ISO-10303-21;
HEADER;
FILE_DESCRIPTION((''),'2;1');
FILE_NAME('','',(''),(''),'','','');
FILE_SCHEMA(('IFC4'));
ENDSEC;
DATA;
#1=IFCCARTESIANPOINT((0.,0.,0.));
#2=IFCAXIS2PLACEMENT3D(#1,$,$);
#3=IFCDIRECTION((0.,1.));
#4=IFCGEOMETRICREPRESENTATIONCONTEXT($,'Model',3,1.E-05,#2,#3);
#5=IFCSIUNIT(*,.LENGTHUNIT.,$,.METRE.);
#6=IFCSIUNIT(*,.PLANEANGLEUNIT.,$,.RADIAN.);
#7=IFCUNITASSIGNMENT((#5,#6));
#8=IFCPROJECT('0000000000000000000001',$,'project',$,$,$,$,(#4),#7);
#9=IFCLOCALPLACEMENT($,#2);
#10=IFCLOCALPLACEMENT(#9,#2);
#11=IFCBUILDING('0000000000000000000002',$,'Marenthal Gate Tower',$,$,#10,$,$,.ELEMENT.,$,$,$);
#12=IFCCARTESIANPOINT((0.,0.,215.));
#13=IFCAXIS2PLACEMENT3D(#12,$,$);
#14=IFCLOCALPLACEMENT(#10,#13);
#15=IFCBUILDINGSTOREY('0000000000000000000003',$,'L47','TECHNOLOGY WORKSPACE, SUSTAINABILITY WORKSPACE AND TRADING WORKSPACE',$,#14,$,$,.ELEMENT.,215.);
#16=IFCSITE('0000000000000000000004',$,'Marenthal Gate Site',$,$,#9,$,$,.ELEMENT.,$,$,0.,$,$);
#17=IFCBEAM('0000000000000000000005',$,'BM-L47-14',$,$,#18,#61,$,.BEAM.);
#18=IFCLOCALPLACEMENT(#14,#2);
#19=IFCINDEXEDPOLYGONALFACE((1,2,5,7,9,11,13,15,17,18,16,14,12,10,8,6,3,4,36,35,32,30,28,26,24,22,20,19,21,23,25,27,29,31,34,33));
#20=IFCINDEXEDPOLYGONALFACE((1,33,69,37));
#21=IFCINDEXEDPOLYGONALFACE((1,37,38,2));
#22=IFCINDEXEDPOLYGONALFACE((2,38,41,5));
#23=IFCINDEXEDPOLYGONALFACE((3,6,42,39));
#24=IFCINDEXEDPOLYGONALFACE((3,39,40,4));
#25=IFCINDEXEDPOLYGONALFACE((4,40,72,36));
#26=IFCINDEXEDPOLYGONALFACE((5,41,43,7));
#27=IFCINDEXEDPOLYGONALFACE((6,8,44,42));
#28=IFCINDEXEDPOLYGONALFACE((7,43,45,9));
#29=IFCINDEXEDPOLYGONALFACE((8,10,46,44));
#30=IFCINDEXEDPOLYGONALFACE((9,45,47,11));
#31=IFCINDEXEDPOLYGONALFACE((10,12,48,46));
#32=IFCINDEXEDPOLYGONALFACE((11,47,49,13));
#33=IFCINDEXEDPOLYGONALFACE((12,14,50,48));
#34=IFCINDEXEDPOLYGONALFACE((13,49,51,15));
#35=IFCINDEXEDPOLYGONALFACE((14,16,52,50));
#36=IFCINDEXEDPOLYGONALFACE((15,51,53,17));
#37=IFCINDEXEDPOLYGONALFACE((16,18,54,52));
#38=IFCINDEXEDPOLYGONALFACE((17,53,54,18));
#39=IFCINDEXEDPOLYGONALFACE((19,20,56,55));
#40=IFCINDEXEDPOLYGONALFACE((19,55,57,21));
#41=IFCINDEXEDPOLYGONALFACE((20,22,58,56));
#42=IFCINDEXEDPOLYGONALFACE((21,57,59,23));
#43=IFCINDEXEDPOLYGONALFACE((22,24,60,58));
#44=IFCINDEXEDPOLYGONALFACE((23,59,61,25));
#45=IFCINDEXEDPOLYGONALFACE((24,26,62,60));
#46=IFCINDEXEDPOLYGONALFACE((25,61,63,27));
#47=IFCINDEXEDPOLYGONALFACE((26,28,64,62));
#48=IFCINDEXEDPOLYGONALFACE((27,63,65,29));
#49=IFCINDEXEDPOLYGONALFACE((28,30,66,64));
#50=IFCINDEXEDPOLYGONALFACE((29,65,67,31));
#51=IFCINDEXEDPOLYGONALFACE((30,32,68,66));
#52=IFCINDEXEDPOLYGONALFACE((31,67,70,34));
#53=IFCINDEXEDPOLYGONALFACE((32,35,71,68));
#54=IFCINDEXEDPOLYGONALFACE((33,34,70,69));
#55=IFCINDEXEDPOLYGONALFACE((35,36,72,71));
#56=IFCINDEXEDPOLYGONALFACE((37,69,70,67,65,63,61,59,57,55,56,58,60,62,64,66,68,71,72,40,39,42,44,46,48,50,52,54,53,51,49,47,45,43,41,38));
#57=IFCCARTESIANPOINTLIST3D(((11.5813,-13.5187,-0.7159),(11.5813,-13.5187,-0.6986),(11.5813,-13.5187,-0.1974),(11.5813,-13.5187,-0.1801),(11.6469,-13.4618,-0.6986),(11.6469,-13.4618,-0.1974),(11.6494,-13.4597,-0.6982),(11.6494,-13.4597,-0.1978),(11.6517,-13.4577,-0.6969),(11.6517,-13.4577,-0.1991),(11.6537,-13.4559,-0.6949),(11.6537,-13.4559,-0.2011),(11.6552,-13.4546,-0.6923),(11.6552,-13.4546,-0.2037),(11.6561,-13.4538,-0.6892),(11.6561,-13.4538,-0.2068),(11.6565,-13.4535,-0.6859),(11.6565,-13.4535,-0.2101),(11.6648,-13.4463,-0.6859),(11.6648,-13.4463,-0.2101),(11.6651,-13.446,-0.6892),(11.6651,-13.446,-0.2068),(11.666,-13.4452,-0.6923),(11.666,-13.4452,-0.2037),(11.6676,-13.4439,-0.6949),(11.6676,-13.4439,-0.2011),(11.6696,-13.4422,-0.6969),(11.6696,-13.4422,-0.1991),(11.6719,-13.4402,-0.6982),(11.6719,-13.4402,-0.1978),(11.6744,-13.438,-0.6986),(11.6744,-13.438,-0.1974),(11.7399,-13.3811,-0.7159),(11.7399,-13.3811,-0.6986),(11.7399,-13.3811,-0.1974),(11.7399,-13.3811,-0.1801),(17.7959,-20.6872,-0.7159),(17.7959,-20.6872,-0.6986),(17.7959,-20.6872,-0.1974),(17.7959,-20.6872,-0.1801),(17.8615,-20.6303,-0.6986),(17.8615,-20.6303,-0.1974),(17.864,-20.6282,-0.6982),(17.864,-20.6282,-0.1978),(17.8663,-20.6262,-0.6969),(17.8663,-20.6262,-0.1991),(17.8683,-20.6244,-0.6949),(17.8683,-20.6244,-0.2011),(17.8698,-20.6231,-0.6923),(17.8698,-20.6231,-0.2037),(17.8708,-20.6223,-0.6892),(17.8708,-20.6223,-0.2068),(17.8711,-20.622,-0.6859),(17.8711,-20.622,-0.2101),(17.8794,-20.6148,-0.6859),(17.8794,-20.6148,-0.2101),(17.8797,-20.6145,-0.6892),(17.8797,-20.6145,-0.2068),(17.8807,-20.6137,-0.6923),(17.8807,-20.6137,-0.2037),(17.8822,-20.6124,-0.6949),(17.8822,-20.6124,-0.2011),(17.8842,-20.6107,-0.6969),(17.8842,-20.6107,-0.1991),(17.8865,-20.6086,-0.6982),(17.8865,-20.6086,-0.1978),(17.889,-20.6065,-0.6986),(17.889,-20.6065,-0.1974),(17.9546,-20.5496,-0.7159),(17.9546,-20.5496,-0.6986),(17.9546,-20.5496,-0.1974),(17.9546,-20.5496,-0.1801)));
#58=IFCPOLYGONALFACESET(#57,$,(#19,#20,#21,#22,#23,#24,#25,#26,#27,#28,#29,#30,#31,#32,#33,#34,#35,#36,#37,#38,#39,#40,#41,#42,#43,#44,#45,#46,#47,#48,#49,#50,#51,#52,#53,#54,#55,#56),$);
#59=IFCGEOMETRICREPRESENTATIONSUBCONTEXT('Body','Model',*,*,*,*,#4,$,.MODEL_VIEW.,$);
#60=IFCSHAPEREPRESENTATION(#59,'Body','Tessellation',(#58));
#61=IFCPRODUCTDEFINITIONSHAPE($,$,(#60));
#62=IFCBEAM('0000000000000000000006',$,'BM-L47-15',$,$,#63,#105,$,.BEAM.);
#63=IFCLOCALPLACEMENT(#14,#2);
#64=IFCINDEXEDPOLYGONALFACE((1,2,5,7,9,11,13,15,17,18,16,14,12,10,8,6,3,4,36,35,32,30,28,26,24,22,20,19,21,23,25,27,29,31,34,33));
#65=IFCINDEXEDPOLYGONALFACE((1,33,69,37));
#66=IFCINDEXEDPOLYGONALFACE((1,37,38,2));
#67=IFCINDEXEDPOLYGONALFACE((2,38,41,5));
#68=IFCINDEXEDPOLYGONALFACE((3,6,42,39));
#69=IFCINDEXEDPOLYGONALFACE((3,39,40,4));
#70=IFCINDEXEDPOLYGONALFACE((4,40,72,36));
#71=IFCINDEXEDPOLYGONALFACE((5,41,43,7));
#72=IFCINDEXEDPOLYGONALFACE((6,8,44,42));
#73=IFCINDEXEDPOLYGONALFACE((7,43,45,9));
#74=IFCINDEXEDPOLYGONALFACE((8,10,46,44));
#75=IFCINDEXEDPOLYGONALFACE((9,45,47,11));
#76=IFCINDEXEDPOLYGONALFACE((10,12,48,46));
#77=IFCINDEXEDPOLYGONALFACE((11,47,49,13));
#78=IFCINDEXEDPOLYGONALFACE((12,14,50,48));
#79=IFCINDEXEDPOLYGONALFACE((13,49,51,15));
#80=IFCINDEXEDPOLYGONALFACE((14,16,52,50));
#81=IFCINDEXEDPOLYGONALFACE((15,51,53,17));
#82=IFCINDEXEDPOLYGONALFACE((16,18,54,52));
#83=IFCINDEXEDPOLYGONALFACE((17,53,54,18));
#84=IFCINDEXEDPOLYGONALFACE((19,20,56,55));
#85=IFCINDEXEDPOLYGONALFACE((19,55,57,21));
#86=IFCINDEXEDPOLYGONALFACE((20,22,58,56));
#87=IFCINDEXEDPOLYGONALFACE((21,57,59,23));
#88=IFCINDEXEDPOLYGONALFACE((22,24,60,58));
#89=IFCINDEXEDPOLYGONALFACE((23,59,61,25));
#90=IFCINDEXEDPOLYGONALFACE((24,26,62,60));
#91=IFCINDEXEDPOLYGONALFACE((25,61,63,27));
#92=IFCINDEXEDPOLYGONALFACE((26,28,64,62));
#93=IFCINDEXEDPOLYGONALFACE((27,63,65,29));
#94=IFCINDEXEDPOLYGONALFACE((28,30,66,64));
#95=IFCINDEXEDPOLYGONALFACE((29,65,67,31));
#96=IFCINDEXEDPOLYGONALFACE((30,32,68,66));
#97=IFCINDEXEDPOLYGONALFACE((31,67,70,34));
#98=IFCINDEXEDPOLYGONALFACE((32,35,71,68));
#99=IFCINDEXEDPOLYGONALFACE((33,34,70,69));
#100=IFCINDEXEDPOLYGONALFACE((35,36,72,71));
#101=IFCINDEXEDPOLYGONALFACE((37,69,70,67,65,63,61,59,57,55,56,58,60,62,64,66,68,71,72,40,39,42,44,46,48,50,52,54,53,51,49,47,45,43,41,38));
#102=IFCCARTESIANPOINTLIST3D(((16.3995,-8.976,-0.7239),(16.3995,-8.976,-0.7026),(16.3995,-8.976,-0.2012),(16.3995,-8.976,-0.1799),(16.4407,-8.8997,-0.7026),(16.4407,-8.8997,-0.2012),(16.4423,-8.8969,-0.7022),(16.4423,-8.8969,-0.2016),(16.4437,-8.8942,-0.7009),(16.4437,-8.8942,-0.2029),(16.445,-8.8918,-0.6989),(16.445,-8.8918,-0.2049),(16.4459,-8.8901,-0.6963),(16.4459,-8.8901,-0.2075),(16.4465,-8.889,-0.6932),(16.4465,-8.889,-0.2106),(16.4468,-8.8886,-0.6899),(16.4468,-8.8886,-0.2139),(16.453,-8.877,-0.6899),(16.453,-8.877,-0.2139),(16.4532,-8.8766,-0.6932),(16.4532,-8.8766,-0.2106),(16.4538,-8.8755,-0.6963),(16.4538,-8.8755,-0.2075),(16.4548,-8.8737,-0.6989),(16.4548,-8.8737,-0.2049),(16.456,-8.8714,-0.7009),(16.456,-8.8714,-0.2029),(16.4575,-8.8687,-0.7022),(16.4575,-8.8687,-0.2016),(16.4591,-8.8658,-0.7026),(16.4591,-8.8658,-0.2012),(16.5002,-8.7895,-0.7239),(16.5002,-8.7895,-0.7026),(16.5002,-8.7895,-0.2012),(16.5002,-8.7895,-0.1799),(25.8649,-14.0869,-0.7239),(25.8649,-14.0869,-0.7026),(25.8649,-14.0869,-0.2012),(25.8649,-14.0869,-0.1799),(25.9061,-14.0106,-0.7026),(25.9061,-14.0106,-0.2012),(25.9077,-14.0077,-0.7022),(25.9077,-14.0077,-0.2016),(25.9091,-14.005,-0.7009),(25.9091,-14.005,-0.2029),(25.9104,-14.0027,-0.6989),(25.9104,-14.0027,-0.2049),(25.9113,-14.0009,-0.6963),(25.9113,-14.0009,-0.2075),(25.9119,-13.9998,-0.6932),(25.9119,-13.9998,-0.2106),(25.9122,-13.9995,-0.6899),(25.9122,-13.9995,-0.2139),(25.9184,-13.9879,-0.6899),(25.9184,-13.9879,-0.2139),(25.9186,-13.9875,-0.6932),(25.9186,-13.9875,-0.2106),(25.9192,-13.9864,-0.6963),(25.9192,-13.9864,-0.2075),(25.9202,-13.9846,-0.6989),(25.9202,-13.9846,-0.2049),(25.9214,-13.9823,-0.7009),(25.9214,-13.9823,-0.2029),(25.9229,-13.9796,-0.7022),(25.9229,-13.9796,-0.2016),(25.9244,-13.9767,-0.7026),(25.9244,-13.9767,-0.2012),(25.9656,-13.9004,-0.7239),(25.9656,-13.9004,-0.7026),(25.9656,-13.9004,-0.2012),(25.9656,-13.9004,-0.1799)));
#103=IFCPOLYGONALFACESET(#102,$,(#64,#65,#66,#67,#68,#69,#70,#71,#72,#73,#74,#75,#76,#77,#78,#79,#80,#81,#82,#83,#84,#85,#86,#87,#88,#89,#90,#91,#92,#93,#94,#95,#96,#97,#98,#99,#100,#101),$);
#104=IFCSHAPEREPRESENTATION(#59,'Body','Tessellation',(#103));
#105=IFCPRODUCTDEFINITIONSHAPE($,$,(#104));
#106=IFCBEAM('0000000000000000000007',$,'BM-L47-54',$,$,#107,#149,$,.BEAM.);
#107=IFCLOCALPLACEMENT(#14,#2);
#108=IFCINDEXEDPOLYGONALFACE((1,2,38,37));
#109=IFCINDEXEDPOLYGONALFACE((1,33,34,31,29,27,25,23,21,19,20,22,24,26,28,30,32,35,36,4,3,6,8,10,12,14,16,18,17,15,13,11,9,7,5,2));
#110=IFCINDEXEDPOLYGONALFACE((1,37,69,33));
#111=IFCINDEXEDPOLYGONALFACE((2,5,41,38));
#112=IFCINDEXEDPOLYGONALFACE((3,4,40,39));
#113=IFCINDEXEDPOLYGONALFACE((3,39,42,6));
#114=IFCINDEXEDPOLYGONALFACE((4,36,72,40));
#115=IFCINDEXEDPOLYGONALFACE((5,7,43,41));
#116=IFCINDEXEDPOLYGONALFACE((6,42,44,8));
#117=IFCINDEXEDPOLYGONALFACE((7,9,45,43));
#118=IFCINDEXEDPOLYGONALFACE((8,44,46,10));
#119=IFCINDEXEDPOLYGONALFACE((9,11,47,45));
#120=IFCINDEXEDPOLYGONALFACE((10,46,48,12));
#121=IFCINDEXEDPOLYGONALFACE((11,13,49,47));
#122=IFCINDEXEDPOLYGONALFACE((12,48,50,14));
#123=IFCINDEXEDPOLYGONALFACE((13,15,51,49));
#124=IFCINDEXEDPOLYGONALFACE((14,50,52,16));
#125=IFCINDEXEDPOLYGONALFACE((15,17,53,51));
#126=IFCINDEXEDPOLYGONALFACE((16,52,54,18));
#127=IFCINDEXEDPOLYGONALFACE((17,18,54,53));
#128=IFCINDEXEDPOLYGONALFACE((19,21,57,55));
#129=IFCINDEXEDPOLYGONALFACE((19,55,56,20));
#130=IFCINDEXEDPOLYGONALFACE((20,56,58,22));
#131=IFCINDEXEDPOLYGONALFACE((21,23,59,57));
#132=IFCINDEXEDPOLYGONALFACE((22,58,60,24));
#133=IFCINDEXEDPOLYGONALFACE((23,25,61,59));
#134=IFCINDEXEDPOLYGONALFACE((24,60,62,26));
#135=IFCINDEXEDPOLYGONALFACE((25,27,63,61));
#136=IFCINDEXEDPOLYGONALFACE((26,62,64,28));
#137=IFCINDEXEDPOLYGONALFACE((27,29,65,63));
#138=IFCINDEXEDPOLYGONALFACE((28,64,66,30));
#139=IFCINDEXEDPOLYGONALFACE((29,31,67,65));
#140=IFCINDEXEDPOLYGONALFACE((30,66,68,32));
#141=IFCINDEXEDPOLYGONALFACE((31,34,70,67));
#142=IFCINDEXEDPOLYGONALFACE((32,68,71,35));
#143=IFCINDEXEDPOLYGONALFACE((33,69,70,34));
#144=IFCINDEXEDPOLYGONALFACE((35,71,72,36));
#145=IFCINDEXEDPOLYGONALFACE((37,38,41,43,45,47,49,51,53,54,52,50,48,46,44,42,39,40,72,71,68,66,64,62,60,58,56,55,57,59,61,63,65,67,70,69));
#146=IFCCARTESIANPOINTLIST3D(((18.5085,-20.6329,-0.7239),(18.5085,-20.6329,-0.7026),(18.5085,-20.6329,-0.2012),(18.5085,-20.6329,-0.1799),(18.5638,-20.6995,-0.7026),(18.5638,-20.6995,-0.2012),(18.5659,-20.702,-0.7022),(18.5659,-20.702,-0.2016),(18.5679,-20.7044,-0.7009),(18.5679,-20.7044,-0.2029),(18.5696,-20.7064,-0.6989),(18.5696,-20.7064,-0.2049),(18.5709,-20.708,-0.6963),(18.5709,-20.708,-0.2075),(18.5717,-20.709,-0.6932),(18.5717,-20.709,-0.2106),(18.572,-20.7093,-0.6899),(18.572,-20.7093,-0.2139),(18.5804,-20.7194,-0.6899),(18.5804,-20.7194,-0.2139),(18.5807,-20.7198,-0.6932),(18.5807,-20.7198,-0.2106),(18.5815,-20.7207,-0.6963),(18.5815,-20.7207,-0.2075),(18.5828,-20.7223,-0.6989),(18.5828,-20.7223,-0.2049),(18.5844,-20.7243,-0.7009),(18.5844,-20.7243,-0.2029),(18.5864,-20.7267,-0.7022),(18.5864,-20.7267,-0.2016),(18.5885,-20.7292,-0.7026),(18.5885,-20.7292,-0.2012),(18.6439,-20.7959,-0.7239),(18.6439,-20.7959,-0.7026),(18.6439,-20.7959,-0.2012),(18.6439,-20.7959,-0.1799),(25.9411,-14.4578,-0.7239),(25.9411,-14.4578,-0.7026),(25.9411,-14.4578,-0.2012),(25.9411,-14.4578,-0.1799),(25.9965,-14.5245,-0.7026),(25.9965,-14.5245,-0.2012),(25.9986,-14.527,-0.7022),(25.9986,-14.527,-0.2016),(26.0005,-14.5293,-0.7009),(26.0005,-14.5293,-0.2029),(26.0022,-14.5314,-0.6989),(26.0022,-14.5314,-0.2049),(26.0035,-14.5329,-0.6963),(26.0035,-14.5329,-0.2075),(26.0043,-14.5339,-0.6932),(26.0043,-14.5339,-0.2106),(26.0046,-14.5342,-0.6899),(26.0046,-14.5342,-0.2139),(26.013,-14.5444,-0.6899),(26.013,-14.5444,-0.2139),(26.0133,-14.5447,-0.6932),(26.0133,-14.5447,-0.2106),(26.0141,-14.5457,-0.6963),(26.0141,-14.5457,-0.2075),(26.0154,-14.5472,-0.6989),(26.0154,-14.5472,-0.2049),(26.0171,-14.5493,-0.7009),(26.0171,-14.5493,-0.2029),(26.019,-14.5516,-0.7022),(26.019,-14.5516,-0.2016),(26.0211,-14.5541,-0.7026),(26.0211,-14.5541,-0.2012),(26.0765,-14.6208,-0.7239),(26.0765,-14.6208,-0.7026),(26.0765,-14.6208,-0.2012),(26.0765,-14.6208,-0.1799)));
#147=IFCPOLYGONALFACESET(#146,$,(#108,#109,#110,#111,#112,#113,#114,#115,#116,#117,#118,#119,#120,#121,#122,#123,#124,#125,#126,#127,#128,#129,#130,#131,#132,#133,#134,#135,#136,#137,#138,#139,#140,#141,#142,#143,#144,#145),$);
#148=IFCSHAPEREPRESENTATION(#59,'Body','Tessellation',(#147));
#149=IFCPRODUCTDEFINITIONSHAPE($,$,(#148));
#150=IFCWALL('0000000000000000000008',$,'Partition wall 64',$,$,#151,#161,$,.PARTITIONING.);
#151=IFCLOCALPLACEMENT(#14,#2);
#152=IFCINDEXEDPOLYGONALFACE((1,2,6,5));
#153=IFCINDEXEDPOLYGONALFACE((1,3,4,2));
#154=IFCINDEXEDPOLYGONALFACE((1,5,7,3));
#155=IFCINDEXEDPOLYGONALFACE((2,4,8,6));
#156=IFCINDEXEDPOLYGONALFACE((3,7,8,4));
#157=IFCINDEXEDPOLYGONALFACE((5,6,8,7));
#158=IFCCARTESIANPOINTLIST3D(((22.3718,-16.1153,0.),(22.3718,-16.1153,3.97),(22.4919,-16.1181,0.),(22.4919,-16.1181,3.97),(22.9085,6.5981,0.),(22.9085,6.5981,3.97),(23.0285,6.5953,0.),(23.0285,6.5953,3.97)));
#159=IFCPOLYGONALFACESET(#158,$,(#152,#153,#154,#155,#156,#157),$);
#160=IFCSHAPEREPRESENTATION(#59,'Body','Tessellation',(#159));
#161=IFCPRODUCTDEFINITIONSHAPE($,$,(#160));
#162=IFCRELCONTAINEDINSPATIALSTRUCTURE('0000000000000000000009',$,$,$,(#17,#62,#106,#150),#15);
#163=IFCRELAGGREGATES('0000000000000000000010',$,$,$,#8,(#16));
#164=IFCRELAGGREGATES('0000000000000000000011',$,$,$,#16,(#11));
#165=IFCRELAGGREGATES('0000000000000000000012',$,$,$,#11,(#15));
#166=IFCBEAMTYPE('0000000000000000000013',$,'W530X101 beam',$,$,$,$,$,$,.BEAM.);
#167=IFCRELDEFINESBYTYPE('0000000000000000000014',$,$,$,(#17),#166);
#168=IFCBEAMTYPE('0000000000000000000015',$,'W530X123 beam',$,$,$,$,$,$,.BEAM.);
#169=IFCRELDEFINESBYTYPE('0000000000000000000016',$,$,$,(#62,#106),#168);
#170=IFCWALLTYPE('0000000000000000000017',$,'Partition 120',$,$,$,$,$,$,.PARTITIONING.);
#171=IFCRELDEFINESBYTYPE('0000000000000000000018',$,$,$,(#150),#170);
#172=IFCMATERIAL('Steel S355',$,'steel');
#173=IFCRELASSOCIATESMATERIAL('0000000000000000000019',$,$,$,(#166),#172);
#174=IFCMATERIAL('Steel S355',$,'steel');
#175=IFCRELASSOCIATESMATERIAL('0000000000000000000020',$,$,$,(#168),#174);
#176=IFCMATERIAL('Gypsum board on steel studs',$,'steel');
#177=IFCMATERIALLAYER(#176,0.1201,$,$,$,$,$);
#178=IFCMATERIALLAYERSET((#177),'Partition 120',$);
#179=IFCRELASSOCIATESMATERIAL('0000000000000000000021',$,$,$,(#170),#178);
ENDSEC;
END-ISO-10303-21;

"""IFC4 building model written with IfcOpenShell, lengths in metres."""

from ifc_helpers import new_model, si_unit, direction, frame, frame_2d, origin, origin_2d, place, context, subcontext, project, spatial, rectangle, i_section, extrude, material, layer, layer_set, material_profile, profile_set, type_object, element, save


model = new_model("IFC4")

# Units and contexts
model_context = context("Model", 3, precision=1e-05, world=origin(), true_north=direction((0.0, 1.0)))
body_context = subcontext(model_context, "Body", "Model", "MODEL_VIEW")
ifc_project = project(units=[si_unit("LENGTHUNIT", "METRE"), si_unit("PLANEANGLEUNIT", "RADIAN")], contexts=[model_context])

# Site, building, storey
site_placement = place(None, origin())
site = spatial("IfcSite", under=ifc_project, at=site_placement, Name="Marenthal Gate Site", CompositionType="ELEMENT", RefElevation=0.0)
building_placement = place(site_placement, origin())
building = spatial("IfcBuilding", under=site, at=building_placement, Name="Marenthal Gate Tower", CompositionType="ELEMENT")
storey_placement = place(building_placement, frame((0.0, 0.0, 215.0)))
storey = spatial("IfcBuildingStorey", under=building, at=storey_placement, Name="L47", Description="TECHNOLOGY WORKSPACE, SUSTAINABILITY WORKSPACE AND TRADING WORKSPACE", CompositionType="ELEMENT", Elevation=215.0)

# Beams
ifc_material_1 = material(Name="Steel S355", Category="steel")
ifc_material_profile_1 = material_profile(ifc_material_1, i_section(OverallWidth=0.21, OverallDepth=0.5359, WebThickness=0.011, FlangeThickness=0.0173, FilletRadius=0.0127, at=origin_2d()), Name="W530X101")
ifc_profile_set_1 = profile_set([ifc_material_profile_1], Name="Steel S355")
beam_type_1 = type_object("IfcBeamType", Name="W530X101 beam", PredefinedType="BEAM", material=ifc_profile_set_1)
beam_1_placement = place(storey_placement, frame((17.8752, -20.6184, -0.448), z_axis=(-0.655047, 0.755588, 0.0), x_axis=(-0.755588, -0.655047, 0.0)))
element("IfcBeam", 1, at=beam_1_placement, inside=storey, type_object=beam_type_1, Name="BM-L47-14", PredefinedType="BEAM", context=body_context, shape_type="SweptSolid", body=[
    extrude(i_section(OverallWidth=0.21, OverallDepth=0.5359, WebThickness=0.011, FlangeThickness=0.0173, FilletRadius=0.0127, at=origin_2d()), origin(), (0.0, 0.0, 1.0), 9.4873),
])
ifc_material_2 = material(Name="Steel S355", Category="steel")
ifc_material_profile_2 = material_profile(ifc_material_2, i_section(OverallWidth=0.2119, OverallDepth=0.5439, WebThickness=0.0132, FlangeThickness=0.0212, FilletRadius=0.0127, at=origin_2d()), Name="W530X123")
ifc_profile_set_2 = profile_set([ifc_material_profile_2], Name="Steel S355")
beam_type_2 = type_object("IfcBeamType", Name="W530X123 beam", PredefinedType="BEAM", material=ifc_profile_set_2)
beam_2_placement = place(storey_placement, frame((25.9153, -13.9937, -0.4519), z_axis=(-0.879922, 0.475117, 0.0), x_axis=(-0.475117, -0.879922, 0.0)))
element("IfcBeam", 2, at=beam_2_placement, inside=storey, type_object=beam_type_2, Name="BM-L47-15", PredefinedType="BEAM", context=body_context, shape_type="SweptSolid", body=[
    extrude(i_section(OverallWidth=0.2119, OverallDepth=0.5439, WebThickness=0.0132, FlangeThickness=0.0212, FilletRadius=0.0127, at=origin_2d()), origin(), (0.0, 0.0, 1.0), 10.7571),
])
beam_3_placement = place(storey_placement, frame((18.5762, -20.7144, -0.4519), z_axis=(0.769177, 0.639036, 0.0), x_axis=(-0.639036, 0.769177, 0.0)))
element("IfcBeam", 3, at=beam_3_placement, inside=storey, type_object=beam_type_2, Name="BM-L47-54", PredefinedType="BEAM", context=body_context, shape_type="SweptSolid", body=[
    extrude(i_section(OverallWidth=0.2119, OverallDepth=0.5439, WebThickness=0.0132, FlangeThickness=0.0212, FilletRadius=0.0127, at=origin_2d()), origin(), (0.0, 0.0, 1.0), 9.6631),
])

# Wall
ifc_material_3 = material(Name="Gypsum board on steel studs", Category="steel")
ifc_layer_1 = layer(ifc_material_3, 0.1201)
ifc_layer_set_1 = layer_set([ifc_layer_1], Name="Partition 120")
wall_type_1 = type_object("IfcWallType", Name="Partition 120", PredefinedType="PARTITIONING", material=ifc_layer_set_1)
wall_1_placement = place(storey_placement, frame((22.4319, -16.1167, 0.0), z_axis=(0.0, 0.0, 1.0), x_axis=(0.023619, 0.999721, 0.0)))
element("IfcWall", 4, at=wall_1_placement, inside=storey, type_object=wall_type_1, Name="Partition wall 64", PredefinedType="PARTITIONING", context=body_context, shape_type="SweptSolid", body=[
    extrude(rectangle(XDim=22.7197, YDim=0.1201, at=frame_2d((11.3599, 0.0))), origin(), (0.0, 0.0, 1.0), 3.97),
])

save(model, "model.ifc")
